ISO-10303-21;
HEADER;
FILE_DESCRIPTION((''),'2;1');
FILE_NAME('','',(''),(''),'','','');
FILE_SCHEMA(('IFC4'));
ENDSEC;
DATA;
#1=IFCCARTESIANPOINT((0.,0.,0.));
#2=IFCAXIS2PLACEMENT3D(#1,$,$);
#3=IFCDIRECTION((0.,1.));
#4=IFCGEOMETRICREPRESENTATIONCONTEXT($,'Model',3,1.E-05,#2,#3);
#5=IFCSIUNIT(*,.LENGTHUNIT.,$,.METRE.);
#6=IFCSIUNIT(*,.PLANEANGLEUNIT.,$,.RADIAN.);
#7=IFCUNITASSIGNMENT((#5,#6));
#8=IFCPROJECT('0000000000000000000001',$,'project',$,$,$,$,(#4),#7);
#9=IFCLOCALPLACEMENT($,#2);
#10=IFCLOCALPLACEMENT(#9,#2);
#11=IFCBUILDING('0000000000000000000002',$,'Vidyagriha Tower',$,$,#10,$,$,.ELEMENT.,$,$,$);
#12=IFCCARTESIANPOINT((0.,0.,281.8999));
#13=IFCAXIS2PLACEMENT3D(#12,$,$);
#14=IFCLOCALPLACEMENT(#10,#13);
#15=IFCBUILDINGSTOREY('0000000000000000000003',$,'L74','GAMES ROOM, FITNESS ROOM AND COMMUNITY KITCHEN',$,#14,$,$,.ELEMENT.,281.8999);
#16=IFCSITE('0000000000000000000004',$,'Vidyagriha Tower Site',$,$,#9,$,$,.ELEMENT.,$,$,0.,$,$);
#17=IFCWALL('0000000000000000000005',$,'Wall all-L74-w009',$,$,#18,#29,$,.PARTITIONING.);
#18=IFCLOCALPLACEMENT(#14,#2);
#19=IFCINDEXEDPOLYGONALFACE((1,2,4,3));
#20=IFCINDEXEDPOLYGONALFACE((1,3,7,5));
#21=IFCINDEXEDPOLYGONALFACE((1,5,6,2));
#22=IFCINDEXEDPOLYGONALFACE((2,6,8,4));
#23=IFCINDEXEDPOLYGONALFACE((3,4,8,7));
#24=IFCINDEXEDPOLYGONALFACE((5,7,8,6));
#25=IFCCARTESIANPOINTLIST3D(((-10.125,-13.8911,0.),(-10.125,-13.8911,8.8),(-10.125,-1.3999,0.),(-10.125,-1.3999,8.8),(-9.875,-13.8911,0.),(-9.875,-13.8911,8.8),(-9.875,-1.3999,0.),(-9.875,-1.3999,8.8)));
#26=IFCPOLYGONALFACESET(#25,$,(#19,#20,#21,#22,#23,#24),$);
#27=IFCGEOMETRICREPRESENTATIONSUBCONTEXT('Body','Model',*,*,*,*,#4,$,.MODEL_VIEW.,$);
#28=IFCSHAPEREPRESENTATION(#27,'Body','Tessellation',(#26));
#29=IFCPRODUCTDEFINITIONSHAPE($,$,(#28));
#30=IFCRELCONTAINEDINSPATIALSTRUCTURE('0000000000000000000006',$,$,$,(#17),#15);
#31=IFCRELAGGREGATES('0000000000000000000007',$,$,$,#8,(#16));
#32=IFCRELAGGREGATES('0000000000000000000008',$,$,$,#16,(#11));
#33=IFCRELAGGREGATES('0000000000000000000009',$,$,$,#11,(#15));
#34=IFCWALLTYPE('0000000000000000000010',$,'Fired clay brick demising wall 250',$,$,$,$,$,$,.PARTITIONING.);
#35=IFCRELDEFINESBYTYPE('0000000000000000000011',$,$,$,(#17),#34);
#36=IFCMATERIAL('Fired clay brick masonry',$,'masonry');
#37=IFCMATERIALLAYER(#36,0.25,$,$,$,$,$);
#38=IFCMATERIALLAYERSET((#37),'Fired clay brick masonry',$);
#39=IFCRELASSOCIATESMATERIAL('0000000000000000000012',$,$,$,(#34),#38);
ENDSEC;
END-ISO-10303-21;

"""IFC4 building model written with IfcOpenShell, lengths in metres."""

from ifc_helpers import new_model, si_unit, direction, frame, frame_2d, origin, place, context, subcontext, project, spatial, rectangle, extrude, material, layer, layer_set, type_object, element, save


model = new_model("IFC4")

# Units and contexts
model_context = context("Model", 3, precision=1e-05, world=origin(), true_north=direction((0.0, 1.0)))
body_context = subcontext(model_context, "Body", "Model", "MODEL_VIEW")
ifc_project = project(units=[si_unit("LENGTHUNIT", "METRE"), si_unit("PLANEANGLEUNIT", "RADIAN")], contexts=[model_context])

# Site, building, storey
site_placement = place(None, origin())
site = spatial("IfcSite", under=ifc_project, at=site_placement, Name="Vidyagriha Tower Site", CompositionType="ELEMENT", RefElevation=0.0)
building_placement = place(site_placement, origin())
building = spatial("IfcBuilding", under=site, at=building_placement, Name="Vidyagriha Tower", CompositionType="ELEMENT")
storey_placement = place(building_placement, frame((0.0, 0.0, 281.8999)))
storey = spatial("IfcBuildingStorey", under=building, at=storey_placement, Name="L74", Description="GAMES ROOM, FITNESS ROOM AND COMMUNITY KITCHEN", CompositionType="ELEMENT", Elevation=281.8999)

# Wall
ifc_material_1 = material(Name="Fired clay brick masonry", Category="masonry")
ifc_layer_1 = layer(ifc_material_1, 0.25)
ifc_layer_set_1 = layer_set([ifc_layer_1], Name="Fired clay brick masonry")
wall_type_1 = type_object("IfcWallType", Name="Fired clay brick demising wall 250", PredefinedType="PARTITIONING", material=ifc_layer_set_1)
wall_1_placement = place(storey_placement, frame((-10.0, -1.3999, 0.0), z_axis=(0.0, 0.0, 1.0), x_axis=(0.0, -1.0, 0.0)))
element("IfcWall", 1, at=wall_1_placement, inside=storey, type_object=wall_type_1, Name="Wall all-L74-w009", PredefinedType="PARTITIONING", context=body_context, shape_type="SweptSolid", body=[
    extrude(rectangle(XDim=12.4912, YDim=0.25, at=frame_2d((6.2456, 0.0))), origin(), (0.0, 0.0, 1.0), 8.8),
])

save(model, "model.ifc")
